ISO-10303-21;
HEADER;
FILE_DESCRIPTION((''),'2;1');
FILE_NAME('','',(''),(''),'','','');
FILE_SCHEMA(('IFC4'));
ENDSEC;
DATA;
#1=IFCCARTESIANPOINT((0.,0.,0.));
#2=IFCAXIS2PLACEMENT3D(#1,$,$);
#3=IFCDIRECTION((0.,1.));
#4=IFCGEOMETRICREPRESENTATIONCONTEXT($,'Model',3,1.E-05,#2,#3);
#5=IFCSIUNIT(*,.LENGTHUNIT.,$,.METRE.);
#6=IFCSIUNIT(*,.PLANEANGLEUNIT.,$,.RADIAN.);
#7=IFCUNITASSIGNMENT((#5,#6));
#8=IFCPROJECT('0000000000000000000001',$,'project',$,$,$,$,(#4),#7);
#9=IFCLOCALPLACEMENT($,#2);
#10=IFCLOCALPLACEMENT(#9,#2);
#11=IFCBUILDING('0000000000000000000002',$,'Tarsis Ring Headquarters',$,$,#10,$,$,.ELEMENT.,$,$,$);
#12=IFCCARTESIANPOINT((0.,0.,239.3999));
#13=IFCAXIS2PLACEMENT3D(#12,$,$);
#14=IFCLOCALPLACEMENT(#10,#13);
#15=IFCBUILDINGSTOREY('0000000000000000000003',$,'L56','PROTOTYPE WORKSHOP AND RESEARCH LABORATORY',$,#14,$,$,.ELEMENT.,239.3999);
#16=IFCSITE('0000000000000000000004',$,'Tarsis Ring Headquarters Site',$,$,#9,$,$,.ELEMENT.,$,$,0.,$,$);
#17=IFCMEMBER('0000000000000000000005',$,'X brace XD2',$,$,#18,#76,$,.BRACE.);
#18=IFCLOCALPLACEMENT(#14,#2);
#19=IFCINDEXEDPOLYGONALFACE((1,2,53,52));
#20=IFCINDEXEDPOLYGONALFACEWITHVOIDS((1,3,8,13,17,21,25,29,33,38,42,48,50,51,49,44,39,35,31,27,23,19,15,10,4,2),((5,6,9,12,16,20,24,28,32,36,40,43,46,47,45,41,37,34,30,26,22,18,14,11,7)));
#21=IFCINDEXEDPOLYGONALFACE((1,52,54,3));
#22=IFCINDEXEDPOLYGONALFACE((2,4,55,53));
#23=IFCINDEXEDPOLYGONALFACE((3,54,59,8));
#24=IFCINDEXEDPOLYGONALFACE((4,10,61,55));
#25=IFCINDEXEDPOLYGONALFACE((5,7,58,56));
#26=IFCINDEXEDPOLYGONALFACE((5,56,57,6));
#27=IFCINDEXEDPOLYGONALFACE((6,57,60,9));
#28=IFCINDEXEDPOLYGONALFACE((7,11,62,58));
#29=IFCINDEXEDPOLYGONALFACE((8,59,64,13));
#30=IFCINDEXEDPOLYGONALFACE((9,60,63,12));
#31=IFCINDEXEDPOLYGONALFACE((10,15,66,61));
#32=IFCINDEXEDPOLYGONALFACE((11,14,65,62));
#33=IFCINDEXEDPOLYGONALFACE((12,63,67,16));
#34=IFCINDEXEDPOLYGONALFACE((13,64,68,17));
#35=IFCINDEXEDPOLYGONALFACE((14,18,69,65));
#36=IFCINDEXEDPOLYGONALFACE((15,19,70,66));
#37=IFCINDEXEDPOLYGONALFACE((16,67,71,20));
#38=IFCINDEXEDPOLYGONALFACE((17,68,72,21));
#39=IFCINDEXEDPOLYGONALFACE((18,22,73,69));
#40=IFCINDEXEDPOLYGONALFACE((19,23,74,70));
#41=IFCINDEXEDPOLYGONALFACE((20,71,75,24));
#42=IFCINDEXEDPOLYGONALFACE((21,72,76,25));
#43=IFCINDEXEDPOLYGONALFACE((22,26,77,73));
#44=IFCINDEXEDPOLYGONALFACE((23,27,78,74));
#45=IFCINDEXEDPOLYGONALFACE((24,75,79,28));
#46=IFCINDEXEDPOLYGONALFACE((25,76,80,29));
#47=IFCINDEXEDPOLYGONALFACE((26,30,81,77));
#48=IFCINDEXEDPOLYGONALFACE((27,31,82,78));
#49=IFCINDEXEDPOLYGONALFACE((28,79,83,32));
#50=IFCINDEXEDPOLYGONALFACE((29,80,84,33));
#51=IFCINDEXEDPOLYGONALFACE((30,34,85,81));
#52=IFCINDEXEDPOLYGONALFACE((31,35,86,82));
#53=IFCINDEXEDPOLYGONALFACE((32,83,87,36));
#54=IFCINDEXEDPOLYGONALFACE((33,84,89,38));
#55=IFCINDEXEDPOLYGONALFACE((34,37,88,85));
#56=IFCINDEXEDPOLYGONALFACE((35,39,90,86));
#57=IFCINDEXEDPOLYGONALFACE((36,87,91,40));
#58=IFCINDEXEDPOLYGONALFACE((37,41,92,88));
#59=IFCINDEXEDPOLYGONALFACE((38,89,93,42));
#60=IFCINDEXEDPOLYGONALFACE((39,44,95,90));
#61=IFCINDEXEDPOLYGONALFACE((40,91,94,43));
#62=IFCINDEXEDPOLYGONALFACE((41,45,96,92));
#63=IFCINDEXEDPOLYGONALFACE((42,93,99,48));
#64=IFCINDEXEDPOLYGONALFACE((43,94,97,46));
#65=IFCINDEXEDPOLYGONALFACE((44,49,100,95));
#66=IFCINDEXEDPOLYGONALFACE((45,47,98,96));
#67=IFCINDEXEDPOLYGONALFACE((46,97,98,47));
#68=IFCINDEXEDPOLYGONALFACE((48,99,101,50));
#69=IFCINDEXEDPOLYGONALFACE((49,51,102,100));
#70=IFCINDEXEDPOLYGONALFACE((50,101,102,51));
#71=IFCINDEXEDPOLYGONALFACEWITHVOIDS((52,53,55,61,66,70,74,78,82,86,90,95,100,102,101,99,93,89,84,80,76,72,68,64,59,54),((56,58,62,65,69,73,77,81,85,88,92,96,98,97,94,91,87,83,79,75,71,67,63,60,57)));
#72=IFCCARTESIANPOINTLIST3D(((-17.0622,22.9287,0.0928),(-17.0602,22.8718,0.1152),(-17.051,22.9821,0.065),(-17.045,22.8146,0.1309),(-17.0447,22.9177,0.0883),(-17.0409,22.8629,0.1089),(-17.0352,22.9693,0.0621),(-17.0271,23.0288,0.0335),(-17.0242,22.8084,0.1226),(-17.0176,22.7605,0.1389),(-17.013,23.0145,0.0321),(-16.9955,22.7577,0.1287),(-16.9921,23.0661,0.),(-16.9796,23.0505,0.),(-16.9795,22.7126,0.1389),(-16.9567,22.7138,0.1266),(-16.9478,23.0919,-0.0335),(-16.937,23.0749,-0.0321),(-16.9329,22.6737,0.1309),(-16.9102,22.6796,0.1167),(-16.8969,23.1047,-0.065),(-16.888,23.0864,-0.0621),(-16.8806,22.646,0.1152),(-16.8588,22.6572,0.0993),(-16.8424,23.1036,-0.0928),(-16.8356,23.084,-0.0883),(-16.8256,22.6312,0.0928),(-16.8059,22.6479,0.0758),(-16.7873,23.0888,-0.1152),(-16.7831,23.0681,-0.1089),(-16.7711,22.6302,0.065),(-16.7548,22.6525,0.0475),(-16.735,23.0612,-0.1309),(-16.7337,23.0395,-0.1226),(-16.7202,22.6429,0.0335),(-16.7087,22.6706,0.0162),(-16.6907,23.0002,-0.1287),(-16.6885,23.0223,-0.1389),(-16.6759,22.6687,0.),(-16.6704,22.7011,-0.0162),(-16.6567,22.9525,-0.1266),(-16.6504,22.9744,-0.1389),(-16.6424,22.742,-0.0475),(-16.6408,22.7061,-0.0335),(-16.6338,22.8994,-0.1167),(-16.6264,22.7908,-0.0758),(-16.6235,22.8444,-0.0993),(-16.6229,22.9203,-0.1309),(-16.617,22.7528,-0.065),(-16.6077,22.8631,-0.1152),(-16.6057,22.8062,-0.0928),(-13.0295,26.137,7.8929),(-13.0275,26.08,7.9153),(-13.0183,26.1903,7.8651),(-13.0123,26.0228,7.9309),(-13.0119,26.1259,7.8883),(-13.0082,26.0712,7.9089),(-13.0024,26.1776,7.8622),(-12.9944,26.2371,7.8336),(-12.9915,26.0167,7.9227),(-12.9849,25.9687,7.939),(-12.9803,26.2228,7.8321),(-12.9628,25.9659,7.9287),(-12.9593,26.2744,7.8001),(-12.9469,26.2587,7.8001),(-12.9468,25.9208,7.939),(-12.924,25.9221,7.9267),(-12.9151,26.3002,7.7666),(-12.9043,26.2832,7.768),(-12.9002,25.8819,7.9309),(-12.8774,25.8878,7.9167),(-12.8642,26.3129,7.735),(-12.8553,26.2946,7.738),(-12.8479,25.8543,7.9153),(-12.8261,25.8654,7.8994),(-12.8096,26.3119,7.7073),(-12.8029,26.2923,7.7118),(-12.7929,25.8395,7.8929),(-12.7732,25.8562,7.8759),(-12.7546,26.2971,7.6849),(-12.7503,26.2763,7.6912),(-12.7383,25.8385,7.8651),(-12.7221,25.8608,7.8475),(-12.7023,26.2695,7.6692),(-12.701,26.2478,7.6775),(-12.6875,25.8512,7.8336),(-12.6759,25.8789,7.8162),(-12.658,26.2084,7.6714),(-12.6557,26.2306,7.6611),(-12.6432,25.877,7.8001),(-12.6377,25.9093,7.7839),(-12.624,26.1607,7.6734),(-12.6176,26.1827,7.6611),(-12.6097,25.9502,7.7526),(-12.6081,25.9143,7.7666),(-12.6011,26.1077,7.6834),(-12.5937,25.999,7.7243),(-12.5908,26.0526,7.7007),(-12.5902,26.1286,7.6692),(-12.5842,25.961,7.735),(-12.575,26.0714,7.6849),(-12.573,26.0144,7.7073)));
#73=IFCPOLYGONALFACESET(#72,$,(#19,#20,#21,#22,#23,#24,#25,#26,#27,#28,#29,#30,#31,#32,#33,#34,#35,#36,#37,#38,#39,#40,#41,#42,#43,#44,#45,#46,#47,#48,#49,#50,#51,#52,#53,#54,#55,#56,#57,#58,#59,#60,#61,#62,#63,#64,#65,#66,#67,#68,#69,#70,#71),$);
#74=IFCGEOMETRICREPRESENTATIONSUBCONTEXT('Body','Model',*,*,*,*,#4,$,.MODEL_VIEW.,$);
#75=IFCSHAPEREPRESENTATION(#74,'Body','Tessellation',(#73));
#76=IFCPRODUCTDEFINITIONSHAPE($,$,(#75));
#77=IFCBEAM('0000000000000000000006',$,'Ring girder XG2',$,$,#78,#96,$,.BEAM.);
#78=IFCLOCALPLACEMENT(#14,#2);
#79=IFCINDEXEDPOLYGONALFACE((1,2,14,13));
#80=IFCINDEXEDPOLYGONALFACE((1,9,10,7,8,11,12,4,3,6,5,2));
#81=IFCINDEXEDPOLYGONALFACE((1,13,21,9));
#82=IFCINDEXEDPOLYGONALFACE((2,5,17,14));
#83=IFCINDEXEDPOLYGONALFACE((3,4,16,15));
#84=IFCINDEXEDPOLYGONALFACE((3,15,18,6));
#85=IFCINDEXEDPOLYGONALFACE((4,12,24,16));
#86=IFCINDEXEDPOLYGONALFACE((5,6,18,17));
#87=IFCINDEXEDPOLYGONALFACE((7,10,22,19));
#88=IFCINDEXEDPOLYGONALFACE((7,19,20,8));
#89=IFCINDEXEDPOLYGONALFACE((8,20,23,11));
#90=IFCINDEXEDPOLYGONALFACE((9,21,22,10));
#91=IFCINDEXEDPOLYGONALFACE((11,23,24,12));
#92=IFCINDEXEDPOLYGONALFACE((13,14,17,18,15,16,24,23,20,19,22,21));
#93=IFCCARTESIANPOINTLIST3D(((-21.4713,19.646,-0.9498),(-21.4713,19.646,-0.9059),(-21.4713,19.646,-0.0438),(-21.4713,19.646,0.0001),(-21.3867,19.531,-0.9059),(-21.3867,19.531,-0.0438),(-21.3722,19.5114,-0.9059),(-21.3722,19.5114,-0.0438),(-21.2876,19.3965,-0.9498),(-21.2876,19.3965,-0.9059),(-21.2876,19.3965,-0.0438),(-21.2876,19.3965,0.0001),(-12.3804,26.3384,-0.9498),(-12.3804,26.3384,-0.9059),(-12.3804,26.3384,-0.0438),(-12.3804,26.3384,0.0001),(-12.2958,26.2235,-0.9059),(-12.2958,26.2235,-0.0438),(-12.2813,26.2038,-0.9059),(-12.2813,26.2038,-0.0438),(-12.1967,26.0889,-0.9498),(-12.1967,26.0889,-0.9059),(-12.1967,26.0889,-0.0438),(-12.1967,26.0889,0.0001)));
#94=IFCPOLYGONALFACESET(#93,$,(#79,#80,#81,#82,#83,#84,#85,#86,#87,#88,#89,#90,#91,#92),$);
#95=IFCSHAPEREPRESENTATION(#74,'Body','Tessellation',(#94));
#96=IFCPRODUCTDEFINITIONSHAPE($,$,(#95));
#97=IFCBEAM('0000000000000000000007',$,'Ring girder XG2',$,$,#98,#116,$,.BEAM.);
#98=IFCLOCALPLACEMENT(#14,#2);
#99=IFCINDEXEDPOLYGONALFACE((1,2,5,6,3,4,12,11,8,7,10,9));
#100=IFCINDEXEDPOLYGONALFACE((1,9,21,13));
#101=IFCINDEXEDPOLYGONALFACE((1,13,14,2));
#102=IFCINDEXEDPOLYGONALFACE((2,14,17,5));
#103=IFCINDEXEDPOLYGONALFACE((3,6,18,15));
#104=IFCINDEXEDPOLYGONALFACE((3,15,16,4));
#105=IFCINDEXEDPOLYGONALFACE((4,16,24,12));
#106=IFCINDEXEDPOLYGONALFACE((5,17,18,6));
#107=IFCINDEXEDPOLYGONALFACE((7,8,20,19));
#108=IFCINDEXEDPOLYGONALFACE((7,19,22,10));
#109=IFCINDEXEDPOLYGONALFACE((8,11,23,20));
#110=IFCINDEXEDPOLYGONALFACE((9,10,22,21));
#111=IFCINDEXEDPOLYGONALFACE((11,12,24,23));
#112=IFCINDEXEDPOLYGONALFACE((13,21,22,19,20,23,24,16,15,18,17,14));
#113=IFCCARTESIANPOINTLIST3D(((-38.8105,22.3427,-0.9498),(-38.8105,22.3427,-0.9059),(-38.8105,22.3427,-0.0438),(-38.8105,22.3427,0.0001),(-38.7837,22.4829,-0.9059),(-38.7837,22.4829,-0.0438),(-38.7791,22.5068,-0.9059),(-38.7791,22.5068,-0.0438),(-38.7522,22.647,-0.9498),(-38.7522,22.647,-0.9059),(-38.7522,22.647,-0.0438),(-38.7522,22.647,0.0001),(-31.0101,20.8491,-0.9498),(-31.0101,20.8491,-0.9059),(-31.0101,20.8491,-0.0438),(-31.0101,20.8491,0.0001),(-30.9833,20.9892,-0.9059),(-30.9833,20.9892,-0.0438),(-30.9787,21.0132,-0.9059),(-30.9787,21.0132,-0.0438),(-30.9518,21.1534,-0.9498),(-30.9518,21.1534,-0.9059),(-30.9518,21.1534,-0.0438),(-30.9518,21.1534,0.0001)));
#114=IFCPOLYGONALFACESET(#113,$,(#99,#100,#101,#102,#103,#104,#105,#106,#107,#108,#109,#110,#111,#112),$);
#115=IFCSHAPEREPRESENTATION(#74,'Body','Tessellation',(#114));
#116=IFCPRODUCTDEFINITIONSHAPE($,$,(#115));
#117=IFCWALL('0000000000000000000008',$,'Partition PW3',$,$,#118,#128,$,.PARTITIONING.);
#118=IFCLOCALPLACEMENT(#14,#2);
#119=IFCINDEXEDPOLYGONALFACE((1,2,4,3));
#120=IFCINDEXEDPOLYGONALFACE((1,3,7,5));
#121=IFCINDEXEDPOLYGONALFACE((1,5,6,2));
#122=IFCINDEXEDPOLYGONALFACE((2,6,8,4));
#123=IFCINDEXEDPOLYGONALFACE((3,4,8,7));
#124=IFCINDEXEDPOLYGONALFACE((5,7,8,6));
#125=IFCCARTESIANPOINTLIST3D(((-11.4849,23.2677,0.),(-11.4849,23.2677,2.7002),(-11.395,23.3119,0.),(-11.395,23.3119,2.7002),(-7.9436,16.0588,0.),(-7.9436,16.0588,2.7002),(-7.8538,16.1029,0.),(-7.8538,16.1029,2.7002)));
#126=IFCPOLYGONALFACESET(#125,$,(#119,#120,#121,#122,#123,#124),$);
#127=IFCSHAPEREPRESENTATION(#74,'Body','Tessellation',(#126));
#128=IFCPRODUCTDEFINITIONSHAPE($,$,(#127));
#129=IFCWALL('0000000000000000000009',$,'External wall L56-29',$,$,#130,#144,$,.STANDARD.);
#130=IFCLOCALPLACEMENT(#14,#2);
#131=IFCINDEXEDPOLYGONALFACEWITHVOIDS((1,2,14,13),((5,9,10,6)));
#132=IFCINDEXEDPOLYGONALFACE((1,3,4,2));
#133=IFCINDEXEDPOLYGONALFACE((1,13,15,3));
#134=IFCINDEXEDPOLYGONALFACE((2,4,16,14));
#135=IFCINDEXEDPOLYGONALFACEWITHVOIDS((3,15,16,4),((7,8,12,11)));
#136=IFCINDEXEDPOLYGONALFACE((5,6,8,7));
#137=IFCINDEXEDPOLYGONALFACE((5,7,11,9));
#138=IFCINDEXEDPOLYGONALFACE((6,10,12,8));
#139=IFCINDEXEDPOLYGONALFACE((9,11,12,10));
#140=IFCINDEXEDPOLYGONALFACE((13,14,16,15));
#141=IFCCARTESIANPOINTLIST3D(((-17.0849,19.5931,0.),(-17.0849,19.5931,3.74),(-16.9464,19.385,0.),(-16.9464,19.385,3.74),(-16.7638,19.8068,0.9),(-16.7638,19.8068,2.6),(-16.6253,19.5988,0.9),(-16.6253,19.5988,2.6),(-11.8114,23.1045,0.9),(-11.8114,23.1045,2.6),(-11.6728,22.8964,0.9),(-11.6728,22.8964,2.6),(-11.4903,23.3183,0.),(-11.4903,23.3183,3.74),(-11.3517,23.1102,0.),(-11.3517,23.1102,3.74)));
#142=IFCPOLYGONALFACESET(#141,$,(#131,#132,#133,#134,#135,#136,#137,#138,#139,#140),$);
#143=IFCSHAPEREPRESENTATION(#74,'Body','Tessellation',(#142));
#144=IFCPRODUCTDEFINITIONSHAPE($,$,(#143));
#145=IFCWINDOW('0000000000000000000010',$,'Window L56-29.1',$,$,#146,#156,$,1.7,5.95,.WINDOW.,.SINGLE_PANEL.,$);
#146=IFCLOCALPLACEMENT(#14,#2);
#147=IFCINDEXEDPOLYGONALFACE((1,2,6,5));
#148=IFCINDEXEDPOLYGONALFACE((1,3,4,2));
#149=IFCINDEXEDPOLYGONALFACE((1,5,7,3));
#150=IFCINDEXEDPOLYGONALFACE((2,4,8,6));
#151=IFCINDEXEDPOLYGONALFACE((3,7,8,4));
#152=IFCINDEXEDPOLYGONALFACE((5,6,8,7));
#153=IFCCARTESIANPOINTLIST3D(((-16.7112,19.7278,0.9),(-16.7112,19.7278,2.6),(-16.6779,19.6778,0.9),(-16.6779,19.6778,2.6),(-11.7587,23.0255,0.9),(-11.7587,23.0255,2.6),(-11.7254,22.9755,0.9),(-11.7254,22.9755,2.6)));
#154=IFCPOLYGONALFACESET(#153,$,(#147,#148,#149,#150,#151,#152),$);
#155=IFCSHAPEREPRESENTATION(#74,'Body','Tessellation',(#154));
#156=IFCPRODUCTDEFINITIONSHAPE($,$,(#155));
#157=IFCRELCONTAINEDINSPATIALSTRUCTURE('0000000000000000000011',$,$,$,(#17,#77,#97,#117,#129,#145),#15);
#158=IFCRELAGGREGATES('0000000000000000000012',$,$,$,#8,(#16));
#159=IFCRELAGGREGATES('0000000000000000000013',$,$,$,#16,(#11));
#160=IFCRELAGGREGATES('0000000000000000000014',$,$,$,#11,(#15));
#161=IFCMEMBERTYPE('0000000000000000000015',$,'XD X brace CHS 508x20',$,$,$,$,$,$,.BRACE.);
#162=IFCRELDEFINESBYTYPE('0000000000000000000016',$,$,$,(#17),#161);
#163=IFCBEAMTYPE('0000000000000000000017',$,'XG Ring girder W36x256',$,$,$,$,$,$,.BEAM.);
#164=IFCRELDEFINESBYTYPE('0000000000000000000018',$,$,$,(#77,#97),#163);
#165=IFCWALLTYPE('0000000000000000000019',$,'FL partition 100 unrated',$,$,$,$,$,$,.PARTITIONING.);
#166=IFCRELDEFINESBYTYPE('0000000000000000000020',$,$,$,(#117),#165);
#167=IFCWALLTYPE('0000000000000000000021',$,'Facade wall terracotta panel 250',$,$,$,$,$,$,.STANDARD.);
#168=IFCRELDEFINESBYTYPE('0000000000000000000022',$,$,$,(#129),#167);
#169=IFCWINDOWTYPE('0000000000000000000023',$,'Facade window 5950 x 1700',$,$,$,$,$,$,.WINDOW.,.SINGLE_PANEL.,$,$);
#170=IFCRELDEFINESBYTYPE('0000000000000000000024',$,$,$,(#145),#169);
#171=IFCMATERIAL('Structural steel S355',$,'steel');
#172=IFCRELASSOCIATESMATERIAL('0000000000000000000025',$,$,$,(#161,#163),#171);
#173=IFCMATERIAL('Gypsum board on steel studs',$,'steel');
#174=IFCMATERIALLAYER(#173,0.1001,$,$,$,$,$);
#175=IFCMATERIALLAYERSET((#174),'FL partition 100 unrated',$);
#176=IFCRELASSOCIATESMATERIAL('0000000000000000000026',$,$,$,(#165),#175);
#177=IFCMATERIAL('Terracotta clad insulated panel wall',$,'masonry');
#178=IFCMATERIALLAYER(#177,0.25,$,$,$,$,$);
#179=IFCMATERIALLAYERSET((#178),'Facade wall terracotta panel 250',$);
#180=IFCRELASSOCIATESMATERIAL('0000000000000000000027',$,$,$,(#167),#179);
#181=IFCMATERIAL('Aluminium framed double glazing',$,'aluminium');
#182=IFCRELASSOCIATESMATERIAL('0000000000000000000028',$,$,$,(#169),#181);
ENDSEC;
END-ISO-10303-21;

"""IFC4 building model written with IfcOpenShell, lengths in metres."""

from ifc_helpers import new_model, si_unit, direction, frame, frame_2d, origin, origin_2d, place, context, subcontext, project, spatial, rectangle, hollow_circle, i_section, extrude, material, layer, layer_set, material_profile, profile_set, type_object, element, fill, save


model = new_model("IFC4")

# Units and contexts
model_context = context("Model", 3, precision=1e-05, world=origin(), true_north=direction((0.0, 1.0)))
body_context = subcontext(model_context, "Body", "Model", "MODEL_VIEW")
ifc_project = project(units=[si_unit("LENGTHUNIT", "METRE"), si_unit("PLANEANGLEUNIT", "RADIAN")], contexts=[model_context])

# Site, building, storey
site_placement = place(None, origin())
site = spatial("IfcSite", under=ifc_project, at=site_placement, Name="Tarsis Ring Headquarters Site", CompositionType="ELEMENT", RefElevation=0.0)
building_placement = place(site_placement, origin())
building = spatial("IfcBuilding", under=site, at=building_placement, Name="Tarsis Ring Headquarters", CompositionType="ELEMENT")
storey_placement = place(building_placement, frame((0.0, 0.0, 239.3999)))
storey = spatial("IfcBuildingStorey", under=building, at=storey_placement, Name="L56", Description="PROTOTYPE WORKSHOP AND RESEARCH LABORATORY", CompositionType="ELEMENT", Elevation=239.3999)

# Shared definitions
ifc_material_1 = material(Name="Structural steel S355", Category="steel")

# Shared definitions
ifc_material_profile_1 = material_profile(ifc_material_1, i_section(OverallWidth=0.3098, OverallDepth=0.95, WebThickness=0.0244, FlangeThickness=0.0439, at=origin_2d()), Name="W36x256")
ifc_profile_set_1 = profile_set([ifc_material_profile_1], Name="Structural steel S355")

# Member
ifc_material_profile_2 = material_profile(ifc_material_1, hollow_circle(Radius=0.2539, WallThickness=0.02, at=origin_2d()), Name="CHS 508x20")
ifc_profile_set_2 = profile_set([ifc_material_profile_2], Name="Structural steel S355")
member_type = type_object("IfcMemberType", Name="XD X brace CHS 508x20", PredefinedType="BRACE", material=ifc_profile_set_2)
member_1_placement = place(storey_placement, frame((-16.834, 22.8674, 0.0), z_axis=(0.431371, 0.34318, 0.834354), x_axis=(-0.622572, 0.782562, 0.0)))
element("IfcMember", 1, at=member_1_placement, inside=storey, type_object=member_type, Name="X brace XD2", PredefinedType="BRACE", context=body_context, shape_type="SweptSolid", body=[
    extrude(hollow_circle(Radius=0.2539, WallThickness=0.02, at=origin_2d()), origin(), (0.0, 0.0, 1.0), 9.3486),
])

# Beams
beam_type_1 = type_object("IfcBeamType", Name="XG Ring girder W36x256", PredefinedType="BEAM", material=ifc_profile_set_1)
beam_1_placement = place(storey_placement, frame((-12.2886, 26.2136, -0.4749), z_axis=(-0.805315, -0.592848, 0.0), x_axis=(0.592848, -0.805315, 0.0)))
element("IfcBeam", 2, at=beam_1_placement, inside=storey, type_object=beam_type_1, Name="Ring girder XG2", PredefinedType="BEAM", context=body_context, shape_type="SweptSolid", body=[
    extrude(i_section(OverallWidth=0.3098, OverallDepth=0.95, WebThickness=0.0244, FlangeThickness=0.0439, at=origin_2d()), origin(), (0.0, 0.0, 1.0), 11.2886),
])
beam_2_placement = place(storey_placement, frame((-30.981, 21.0012, -0.4749), z_axis=(-0.982157, 0.188064, 0.0), x_axis=(-0.188064, -0.982157, 0.0)))
element("IfcBeam", 3, at=beam_2_placement, inside=storey, type_object=beam_type_1, Name="Ring girder XG2", PredefinedType="BEAM", context=body_context, shape_type="SweptSolid", body=[
    extrude(i_section(OverallWidth=0.3098, OverallDepth=0.95, WebThickness=0.0244, FlangeThickness=0.0439, at=origin_2d()), origin(), (0.0, 0.0, 1.0), 7.9421),
])

# Wall
ifc_material_2 = material(Name="Gypsum board on steel studs", Category="steel")
ifc_layer_1 = layer(ifc_material_2, 0.1001)
ifc_layer_set_1 = layer_set([ifc_layer_1], Name="FL partition 100 unrated")
wall_type_1 = type_object("IfcWallType", Name="FL partition 100 unrated", PredefinedType="PARTITIONING", material=ifc_layer_set_1)
wall_1_placement = place(storey_placement, frame((-11.4399, 23.2898, 0.0), z_axis=(0.0, 0.0, 1.0), x_axis=(0.440904, -0.897554, 0.0)))
element("IfcWall", 4, at=wall_1_placement, inside=storey, type_object=wall_type_1, Name="Partition PW3", PredefinedType="PARTITIONING", context=body_context, shape_type="SweptSolid", body=[
    extrude(rectangle(XDim=8.0317, YDim=0.1001, at=frame_2d((4.0159, 0.0))), origin(), (0.0, 0.0, 1.0), 2.7002),
])

# Wall, opening, window
ifc_material_3 = material(Name="Terracotta clad insulated panel wall", Category="masonry")
ifc_layer_2 = layer(ifc_material_3, 0.25)
ifc_layer_set_2 = layer_set([ifc_layer_2], Name="Facade wall terracotta panel 250")
wall_type_2 = type_object("IfcWallType", Name="Facade wall terracotta panel 250", PredefinedType="STANDARD", material=ifc_layer_set_2)
wall_2_placement = place(storey_placement, frame((-11.4209, 23.2144, 0.0), z_axis=(0.0, 0.0, 1.0), x_axis=(-0.832358, -0.554239, 0.0)))
wall_2 = element("IfcWall", 5, at=wall_2_placement, inside=storey, type_object=wall_type_2, Name="External wall L56-29", PredefinedType="STANDARD", context=body_context, shape_type="SweptSolid", body=[
    extrude(rectangle(XDim=6.7214, YDim=0.25, at=frame_2d((3.3608, 0.0))), origin(), (0.0, 0.0, 1.0), 3.74),
])
opening_placement = place(wall_2_placement, frame((0.3857, 0.0, 0.8999)))
opening = element("IfcOpeningElement", 6, at=opening_placement, cuts=wall_2, PredefinedType="OPENING", context=body_context, shape_type="SweptSolid", body=[
    extrude(rectangle(XDim=5.95, YDim=1.7, at=frame_2d((2.9751, 0.8501))), frame((0.0, 0.135, 0.0), z_axis=(0.0, -1.0, 0.0), x_axis=(1.0, 0.0, 0.0)), (0.0, 0.0, 1.0), 0.27),
])
ifc_material_4 = material(Name="Aluminium framed double glazing", Category="aluminium")
window_type = type_object("IfcWindowType", Name="Facade window 5950 x 1700", PartitioningType="SINGLE_PANEL", PredefinedType="WINDOW", material=ifc_material_4)
window_placement = place(opening_placement, origin())
window = element("IfcWindow", 7, at=window_placement, inside=storey, type_object=window_type, Name="Window L56-29.1", OverallHeight=1.7, OverallWidth=5.95, PartitioningType="SINGLE_PANEL", PredefinedType="WINDOW", context=body_context, shape_type="SweptSolid", body=[
    extrude(rectangle(XDim=5.95, YDim=1.7, at=frame_2d((2.9751, 0.8501))), frame((0.0, 0.03, 0.0), z_axis=(0.0, -1.0, 0.0), x_axis=(1.0, 0.0, 0.0)), (0.0, 0.0, 1.0), 0.0601),
])
fill(opening, window)

save(model, "model.ifc")
